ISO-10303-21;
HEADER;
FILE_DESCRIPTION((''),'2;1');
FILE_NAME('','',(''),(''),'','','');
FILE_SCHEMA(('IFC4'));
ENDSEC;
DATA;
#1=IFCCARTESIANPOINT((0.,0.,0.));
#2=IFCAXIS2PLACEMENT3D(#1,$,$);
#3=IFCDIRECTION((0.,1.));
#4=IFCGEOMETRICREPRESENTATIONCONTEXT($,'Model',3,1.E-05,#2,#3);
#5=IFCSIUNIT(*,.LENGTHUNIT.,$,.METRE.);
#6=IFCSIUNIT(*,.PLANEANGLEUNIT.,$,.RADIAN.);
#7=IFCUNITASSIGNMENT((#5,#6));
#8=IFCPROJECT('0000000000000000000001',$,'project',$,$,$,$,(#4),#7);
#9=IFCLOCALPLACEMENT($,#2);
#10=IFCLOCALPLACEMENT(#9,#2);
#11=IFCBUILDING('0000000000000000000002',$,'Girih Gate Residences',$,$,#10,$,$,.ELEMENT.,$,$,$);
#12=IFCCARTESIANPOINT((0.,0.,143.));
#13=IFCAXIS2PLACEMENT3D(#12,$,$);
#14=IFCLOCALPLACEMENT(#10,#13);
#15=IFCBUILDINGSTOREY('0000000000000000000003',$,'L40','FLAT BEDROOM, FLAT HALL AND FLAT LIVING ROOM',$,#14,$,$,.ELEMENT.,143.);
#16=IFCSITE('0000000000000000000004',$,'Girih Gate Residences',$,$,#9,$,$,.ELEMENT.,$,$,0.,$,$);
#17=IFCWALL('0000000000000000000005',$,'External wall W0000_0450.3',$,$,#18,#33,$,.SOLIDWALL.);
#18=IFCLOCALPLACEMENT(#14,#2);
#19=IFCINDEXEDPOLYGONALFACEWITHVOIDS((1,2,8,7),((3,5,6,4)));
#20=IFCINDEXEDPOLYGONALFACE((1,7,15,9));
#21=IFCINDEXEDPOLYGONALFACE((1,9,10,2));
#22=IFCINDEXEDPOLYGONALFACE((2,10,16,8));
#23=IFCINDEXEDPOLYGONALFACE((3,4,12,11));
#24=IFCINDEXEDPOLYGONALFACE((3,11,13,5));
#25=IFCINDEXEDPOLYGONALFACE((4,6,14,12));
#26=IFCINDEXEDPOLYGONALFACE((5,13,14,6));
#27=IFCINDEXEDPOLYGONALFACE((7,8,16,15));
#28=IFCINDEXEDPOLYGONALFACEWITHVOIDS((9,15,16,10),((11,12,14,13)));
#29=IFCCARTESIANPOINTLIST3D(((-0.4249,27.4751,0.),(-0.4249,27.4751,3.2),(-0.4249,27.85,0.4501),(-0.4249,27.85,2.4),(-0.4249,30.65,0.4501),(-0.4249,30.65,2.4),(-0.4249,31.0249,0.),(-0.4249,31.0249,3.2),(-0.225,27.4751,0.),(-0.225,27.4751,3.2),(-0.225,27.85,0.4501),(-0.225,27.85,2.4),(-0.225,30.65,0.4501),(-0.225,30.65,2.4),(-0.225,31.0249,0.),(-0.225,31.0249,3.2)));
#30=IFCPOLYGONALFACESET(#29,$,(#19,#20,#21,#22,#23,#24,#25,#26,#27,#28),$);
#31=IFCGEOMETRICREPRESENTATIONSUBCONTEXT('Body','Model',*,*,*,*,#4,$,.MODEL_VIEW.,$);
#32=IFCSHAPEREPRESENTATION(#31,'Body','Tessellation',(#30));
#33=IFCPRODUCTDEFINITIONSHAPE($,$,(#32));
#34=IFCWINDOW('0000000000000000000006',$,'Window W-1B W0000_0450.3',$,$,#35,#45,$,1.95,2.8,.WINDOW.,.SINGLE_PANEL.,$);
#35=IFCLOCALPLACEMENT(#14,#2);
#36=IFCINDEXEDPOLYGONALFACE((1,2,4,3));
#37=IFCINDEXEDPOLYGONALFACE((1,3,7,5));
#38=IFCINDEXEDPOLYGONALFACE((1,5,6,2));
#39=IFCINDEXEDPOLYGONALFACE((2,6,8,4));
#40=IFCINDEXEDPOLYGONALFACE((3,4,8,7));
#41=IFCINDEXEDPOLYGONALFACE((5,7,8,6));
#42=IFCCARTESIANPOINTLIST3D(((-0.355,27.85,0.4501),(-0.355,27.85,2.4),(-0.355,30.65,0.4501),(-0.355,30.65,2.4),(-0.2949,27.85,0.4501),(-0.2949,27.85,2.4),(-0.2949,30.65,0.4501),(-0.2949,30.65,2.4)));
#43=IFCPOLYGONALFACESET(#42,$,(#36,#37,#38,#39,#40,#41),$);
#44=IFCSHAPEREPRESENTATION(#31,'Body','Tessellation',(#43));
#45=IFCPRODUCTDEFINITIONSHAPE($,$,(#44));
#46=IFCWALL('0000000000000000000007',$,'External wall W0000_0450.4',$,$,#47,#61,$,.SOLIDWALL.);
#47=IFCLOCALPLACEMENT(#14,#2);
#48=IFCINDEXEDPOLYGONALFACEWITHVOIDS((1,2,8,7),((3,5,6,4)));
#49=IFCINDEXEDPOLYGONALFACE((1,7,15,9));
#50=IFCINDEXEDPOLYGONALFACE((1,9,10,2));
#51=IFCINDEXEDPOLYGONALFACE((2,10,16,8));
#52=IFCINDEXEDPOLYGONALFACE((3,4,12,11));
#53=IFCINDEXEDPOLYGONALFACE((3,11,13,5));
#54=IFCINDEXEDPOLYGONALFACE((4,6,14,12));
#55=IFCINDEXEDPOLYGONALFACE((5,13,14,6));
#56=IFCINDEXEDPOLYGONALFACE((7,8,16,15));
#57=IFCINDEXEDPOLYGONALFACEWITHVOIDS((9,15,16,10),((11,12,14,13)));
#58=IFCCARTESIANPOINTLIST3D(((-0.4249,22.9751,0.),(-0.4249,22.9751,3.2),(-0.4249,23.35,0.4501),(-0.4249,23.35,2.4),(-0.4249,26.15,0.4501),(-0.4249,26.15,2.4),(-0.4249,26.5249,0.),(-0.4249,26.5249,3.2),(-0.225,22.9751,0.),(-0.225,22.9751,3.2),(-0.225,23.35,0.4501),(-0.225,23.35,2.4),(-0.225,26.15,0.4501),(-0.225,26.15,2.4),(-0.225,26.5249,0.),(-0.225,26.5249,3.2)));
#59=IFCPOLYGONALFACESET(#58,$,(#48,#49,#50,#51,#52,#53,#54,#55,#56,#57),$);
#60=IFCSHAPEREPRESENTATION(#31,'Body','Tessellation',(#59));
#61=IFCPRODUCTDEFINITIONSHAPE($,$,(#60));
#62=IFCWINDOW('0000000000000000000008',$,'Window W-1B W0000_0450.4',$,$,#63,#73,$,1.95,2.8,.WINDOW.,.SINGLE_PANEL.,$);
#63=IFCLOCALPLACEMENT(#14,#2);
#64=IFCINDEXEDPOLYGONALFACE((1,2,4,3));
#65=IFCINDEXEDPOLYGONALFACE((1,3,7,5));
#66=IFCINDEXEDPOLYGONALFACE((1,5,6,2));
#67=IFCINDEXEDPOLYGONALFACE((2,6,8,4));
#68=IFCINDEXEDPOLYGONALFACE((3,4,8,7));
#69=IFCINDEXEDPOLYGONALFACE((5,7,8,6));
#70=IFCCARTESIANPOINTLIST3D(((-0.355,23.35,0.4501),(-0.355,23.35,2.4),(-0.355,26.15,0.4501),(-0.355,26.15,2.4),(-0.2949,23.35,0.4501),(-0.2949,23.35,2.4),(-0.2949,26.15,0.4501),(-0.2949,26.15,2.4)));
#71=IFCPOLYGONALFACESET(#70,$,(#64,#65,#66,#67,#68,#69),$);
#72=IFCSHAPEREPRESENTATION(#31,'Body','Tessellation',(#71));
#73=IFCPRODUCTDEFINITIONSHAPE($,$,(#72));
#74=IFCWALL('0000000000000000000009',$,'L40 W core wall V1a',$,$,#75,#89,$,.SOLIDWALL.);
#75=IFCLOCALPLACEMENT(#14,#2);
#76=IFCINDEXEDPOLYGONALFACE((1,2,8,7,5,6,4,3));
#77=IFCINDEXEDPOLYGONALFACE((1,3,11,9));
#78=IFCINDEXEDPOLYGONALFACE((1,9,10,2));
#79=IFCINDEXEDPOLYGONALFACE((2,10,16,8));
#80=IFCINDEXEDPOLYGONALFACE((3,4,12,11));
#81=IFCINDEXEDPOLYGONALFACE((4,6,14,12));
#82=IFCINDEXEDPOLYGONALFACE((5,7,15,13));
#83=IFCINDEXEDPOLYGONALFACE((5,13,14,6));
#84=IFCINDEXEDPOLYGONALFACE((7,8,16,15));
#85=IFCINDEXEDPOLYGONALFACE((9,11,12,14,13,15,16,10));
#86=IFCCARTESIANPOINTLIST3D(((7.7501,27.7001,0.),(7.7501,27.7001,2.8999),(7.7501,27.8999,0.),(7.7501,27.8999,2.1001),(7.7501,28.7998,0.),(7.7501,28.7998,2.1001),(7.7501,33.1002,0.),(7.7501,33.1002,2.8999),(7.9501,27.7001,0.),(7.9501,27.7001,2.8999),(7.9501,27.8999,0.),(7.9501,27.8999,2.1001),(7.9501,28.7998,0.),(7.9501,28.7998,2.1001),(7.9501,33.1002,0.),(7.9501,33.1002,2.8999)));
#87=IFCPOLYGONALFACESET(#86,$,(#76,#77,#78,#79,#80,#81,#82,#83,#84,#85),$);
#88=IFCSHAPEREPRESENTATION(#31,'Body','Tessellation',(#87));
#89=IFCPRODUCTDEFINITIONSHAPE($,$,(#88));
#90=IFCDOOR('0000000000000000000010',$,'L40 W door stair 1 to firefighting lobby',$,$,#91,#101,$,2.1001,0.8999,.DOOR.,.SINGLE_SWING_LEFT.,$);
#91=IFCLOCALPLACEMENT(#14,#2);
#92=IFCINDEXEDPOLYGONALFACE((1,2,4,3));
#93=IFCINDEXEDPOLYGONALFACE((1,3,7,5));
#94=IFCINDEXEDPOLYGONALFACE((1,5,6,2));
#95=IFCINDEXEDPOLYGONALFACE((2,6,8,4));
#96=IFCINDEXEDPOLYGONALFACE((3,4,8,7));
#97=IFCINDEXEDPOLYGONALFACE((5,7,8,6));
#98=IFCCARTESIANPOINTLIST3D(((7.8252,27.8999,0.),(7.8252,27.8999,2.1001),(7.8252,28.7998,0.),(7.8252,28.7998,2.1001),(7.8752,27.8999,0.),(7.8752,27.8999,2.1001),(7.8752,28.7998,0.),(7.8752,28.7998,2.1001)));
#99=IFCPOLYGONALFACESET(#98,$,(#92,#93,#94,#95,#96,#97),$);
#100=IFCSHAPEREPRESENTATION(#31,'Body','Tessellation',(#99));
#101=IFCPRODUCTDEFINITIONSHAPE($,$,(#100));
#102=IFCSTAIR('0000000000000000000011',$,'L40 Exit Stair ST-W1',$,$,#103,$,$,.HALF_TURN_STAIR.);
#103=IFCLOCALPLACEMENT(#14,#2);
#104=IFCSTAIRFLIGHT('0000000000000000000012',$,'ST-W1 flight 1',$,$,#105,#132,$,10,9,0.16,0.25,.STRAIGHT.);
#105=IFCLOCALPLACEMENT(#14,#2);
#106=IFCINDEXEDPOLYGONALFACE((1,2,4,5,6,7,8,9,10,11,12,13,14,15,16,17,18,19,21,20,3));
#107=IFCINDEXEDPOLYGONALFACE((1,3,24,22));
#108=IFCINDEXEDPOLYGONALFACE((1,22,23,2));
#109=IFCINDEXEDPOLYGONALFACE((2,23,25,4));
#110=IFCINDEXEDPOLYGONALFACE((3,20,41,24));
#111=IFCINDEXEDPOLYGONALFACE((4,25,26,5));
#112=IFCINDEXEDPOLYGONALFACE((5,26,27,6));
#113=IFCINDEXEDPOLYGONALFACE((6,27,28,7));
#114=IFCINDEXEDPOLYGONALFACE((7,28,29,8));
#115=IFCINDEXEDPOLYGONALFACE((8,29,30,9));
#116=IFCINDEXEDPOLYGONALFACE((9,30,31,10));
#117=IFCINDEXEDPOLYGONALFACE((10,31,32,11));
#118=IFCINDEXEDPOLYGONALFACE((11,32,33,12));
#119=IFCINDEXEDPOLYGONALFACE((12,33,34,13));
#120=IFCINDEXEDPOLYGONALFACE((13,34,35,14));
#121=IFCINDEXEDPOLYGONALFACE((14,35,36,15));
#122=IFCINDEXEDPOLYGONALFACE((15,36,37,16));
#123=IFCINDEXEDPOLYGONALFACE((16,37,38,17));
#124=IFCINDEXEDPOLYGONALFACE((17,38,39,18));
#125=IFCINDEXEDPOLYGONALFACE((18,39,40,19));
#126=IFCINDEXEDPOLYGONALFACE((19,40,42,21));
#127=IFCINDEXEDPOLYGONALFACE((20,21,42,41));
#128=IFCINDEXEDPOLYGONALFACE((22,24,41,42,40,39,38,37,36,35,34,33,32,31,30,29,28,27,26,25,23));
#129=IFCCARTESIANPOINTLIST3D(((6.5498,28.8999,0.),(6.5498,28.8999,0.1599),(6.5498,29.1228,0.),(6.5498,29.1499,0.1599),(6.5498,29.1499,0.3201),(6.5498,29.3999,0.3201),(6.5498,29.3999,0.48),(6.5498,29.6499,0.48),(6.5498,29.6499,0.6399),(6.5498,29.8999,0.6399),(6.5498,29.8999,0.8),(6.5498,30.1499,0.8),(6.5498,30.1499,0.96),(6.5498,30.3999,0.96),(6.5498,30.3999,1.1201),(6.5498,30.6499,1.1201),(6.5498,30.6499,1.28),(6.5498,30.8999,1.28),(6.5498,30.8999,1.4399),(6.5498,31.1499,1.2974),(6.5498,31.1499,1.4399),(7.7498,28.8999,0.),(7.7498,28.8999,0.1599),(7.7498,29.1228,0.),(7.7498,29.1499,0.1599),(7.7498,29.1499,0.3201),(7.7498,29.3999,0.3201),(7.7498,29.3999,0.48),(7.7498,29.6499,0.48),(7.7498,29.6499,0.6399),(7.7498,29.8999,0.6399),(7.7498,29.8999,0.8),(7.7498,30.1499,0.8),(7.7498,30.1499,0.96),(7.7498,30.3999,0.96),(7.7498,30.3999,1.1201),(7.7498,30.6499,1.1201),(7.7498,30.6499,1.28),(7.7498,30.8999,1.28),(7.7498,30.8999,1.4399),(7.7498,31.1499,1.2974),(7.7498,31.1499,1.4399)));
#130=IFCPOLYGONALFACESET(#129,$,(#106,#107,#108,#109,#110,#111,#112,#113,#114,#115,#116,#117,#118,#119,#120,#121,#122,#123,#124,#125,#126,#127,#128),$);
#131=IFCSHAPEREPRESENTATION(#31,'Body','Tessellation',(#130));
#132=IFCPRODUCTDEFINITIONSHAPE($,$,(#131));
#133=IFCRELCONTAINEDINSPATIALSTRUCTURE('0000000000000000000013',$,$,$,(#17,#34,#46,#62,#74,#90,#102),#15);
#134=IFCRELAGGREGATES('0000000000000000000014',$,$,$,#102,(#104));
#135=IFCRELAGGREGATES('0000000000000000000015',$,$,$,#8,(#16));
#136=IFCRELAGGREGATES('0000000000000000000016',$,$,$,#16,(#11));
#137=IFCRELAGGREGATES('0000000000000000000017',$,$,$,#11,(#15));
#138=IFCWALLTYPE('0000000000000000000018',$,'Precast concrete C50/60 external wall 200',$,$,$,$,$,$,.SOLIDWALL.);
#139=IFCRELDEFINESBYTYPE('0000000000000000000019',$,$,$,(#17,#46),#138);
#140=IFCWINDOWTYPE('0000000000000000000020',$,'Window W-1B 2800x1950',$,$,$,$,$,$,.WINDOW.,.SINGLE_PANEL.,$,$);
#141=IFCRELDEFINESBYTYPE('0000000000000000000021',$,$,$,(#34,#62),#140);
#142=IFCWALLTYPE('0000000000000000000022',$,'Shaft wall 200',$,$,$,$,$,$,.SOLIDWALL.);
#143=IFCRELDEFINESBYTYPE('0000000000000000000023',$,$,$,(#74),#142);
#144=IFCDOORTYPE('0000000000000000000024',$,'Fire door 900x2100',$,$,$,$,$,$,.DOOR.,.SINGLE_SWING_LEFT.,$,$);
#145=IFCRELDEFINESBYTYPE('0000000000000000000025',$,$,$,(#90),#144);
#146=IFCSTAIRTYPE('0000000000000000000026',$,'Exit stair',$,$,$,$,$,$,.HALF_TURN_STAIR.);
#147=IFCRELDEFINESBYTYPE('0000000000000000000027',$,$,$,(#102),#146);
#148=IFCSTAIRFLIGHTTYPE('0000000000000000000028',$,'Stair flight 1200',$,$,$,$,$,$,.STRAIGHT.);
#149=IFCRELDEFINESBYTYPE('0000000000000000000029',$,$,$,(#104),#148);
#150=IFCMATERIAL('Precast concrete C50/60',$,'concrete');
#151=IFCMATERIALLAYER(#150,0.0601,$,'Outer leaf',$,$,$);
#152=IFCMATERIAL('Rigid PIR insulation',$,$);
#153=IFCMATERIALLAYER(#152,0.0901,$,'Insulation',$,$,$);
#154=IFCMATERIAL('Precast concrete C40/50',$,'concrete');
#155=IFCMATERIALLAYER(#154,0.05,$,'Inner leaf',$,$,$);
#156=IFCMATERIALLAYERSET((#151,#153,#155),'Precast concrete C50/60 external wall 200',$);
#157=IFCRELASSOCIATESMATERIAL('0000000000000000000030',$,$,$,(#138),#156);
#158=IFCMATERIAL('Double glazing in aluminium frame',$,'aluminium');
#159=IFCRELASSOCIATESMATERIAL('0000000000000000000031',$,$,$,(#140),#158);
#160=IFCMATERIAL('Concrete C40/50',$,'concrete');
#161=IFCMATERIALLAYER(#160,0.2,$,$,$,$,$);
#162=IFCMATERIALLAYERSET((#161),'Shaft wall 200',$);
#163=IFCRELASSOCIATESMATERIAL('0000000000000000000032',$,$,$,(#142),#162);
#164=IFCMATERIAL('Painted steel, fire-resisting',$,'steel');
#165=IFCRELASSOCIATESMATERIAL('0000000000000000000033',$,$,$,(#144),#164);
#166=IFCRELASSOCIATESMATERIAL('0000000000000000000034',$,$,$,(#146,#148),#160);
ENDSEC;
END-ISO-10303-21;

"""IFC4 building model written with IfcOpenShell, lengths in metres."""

from ifc_helpers import new_model, si_unit, direction, frame, frame_2d, origin, place, context, subcontext, project, spatial, polyline, rectangle, outline, extrude, material, layer, layer_set, type_object, element, fill, aggregate, save


model = new_model("IFC4")

# Units and contexts
model_context = context("Model", 3, precision=1e-05, world=origin(), true_north=direction((0.0, 1.0)))
body_context = subcontext(model_context, "Body", "Model", "MODEL_VIEW")
ifc_project = project(units=[si_unit("LENGTHUNIT", "METRE"), si_unit("PLANEANGLEUNIT", "RADIAN")], contexts=[model_context])

# Site, building, storey
site_placement = place(None, origin())
site = spatial("IfcSite", under=ifc_project, at=site_placement, Name="Girih Gate Residences", CompositionType="ELEMENT", RefElevation=0.0)
building_placement = place(site_placement, origin())
building = spatial("IfcBuilding", under=site, at=building_placement, Name="Girih Gate Residences", CompositionType="ELEMENT")
storey_placement = place(building_placement, frame((0.0, 0.0, 143.0)))
storey = spatial("IfcBuildingStorey", under=building, at=storey_placement, Name="L40", Description="FLAT BEDROOM, FLAT HALL AND FLAT LIVING ROOM", CompositionType="ELEMENT", Elevation=143.0)

# Shared definitions
ifc_material_1 = material(Name="Painted steel, fire-resisting", Category="steel")

# Walls, openings, windows
ifc_material_2 = material(Name="Precast concrete C50/60", Category="concrete")
ifc_layer_1 = layer(ifc_material_2, 0.0601, Name="Outer leaf")
ifc_material_3 = material(Name="Rigid PIR insulation")
ifc_layer_2 = layer(ifc_material_3, 0.0901, Name="Insulation")
ifc_material_4 = material(Name="Precast concrete C40/50", Category="concrete")
ifc_layer_3 = layer(ifc_material_4, 0.05, Name="Inner leaf")
ifc_layer_set_1 = layer_set([ifc_layer_1, ifc_layer_2, ifc_layer_3], Name="Precast concrete C50/60 external wall 200")
wall_type_1 = type_object("IfcWallType", Name="Precast concrete C50/60 external wall 200", PredefinedType="SOLIDWALL", material=ifc_layer_set_1)
wall_1_placement = place(storey_placement, frame((-0.325, 27.4751, 0.0), z_axis=(0.0, 0.0, 1.0), x_axis=(0.0, 1.0, 0.0)))
wall_1 = element("IfcWall", 1, at=wall_1_placement, inside=storey, type_object=wall_type_1, Name="External wall W0000_0450.3", PredefinedType="SOLIDWALL", context=body_context, shape_type="SweptSolid", body=[
    extrude(rectangle(XDim=3.5498, YDim=0.2, at=frame_2d((1.7749, 0.0))), origin(), (0.0, 0.0, 1.0), 3.2),
])
opening_1_placement = place(wall_1_placement, frame((0.375, 0.0, 0.45)))
opening_1 = element("IfcOpeningElement", 2, at=opening_1_placement, cuts=wall_1, PredefinedType="OPENING", context=body_context, shape_type="SweptSolid", body=[
    extrude(rectangle(XDim=2.8, YDim=1.95, at=frame_2d((1.3999, 0.9751))), frame((0.0, 0.1099, 0.0), z_axis=(0.0, -1.0, 0.0), x_axis=(1.0, 0.0, 0.0)), (0.0, 0.0, 1.0), 0.22),
])
ifc_material_5 = material(Name="Double glazing in aluminium frame", Category="aluminium")
window_type = type_object("IfcWindowType", Name="Window W-1B 2800x1950", PartitioningType="SINGLE_PANEL", PredefinedType="WINDOW", material=ifc_material_5)
window_1_placement = place(opening_1_placement, origin())
window_1 = element("IfcWindow", 3, at=window_1_placement, inside=storey, type_object=window_type, Name="Window W-1B W0000_0450.3", OverallHeight=1.95, OverallWidth=2.8, PartitioningType="SINGLE_PANEL", PredefinedType="WINDOW", context=body_context, shape_type="SweptSolid", body=[
    extrude(rectangle(XDim=2.8, YDim=1.95, at=frame_2d((1.3999, 0.9751))), frame((0.0, 0.03, 0.0), z_axis=(0.0, -1.0, 0.0), x_axis=(1.0, 0.0, 0.0)), (0.0, 0.0, 1.0), 0.0601),
])
fill(opening_1, window_1)
wall_2_placement = place(storey_placement, frame((-0.325, 22.9751, 0.0), z_axis=(0.0, 0.0, 1.0), x_axis=(0.0, 1.0, 0.0)))
wall_2 = element("IfcWall", 4, at=wall_2_placement, inside=storey, type_object=wall_type_1, Name="External wall W0000_0450.4", PredefinedType="SOLIDWALL", context=body_context, shape_type="SweptSolid", body=[
    extrude(rectangle(XDim=3.5498, YDim=0.2, at=frame_2d((1.7749, 0.0))), origin(), (0.0, 0.0, 1.0), 3.2),
])
opening_2_placement = place(wall_2_placement, frame((0.375, 0.0, 0.45)))
opening_2 = element("IfcOpeningElement", 5, at=opening_2_placement, cuts=wall_2, PredefinedType="OPENING", context=body_context, shape_type="SweptSolid", body=[
    extrude(rectangle(XDim=2.8, YDim=1.95, at=frame_2d((1.3999, 0.9751))), frame((0.0, 0.1099, 0.0), z_axis=(0.0, -1.0, 0.0), x_axis=(1.0, 0.0, 0.0)), (0.0, 0.0, 1.0), 0.22),
])
window_2_placement = place(opening_2_placement, origin())
window_2 = element("IfcWindow", 6, at=window_2_placement, inside=storey, type_object=window_type, Name="Window W-1B W0000_0450.4", OverallHeight=1.95, OverallWidth=2.8, PartitioningType="SINGLE_PANEL", PredefinedType="WINDOW", context=body_context, shape_type="SweptSolid", body=[
    extrude(rectangle(XDim=2.8, YDim=1.95, at=frame_2d((1.3999, 0.9751))), frame((0.0, 0.03, 0.0), z_axis=(0.0, -1.0, 0.0), x_axis=(1.0, 0.0, 0.0)), (0.0, 0.0, 1.0), 0.0601),
])
fill(opening_2, window_2)

# Wall, opening, door
ifc_material_6 = material(Name="Concrete C40/50", Category="concrete")
ifc_layer_4 = layer(ifc_material_6, 0.2)
ifc_layer_set_2 = layer_set([ifc_layer_4], Name="Shaft wall 200")
wall_type_2 = type_object("IfcWallType", Name="Shaft wall 200", PredefinedType="SOLIDWALL", material=ifc_layer_set_2)
wall_3_placement = place(storey_placement, frame((7.8501, 27.7, 0.0), z_axis=(0.0, 0.0, 1.0), x_axis=(0.0, 1.0, 0.0)))
wall_3 = element("IfcWall", 7, at=wall_3_placement, inside=storey, type_object=wall_type_2, Name="L40 W core wall V1a", PredefinedType="SOLIDWALL", context=body_context, shape_type="SweptSolid", body=[
    extrude(rectangle(XDim=5.4001, YDim=0.2, at=frame_2d((2.7002, 0.0))), origin(), (0.0, 0.0, 1.0), 2.8999),
])
opening_3_placement = place(wall_3_placement, frame((0.2, 0.0, 0.0)))
opening_3 = element("IfcOpeningElement", 8, at=opening_3_placement, cuts=wall_3, PredefinedType="OPENING", context=body_context, shape_type="SweptSolid", body=[
    extrude(rectangle(XDim=0.8999, YDim=2.1001, at=frame_2d((0.45, 1.05))), frame((0.0, 0.1099, 0.0), z_axis=(0.0, -1.0, 0.0), x_axis=(1.0, 0.0, 0.0)), (0.0, 0.0, 1.0), 0.22),
])
door_type_1 = type_object("IfcDoorType", Name="Fire door 900x2100", OperationType="SINGLE_SWING_LEFT", PredefinedType="DOOR", material=ifc_material_1)
door_1_placement = place(opening_3_placement, origin())
door_1 = element("IfcDoor", 9, at=door_1_placement, inside=storey, type_object=door_type_1, Name="L40 W door stair 1 to firefighting lobby", OperationType="SINGLE_SWING_LEFT", OverallHeight=2.1001, OverallWidth=0.8999, PredefinedType="DOOR", context=body_context, shape_type="SweptSolid", body=[
    extrude(rectangle(XDim=0.8999, YDim=2.1001, at=frame_2d((0.45, 1.05))), frame((0.0, 0.0249, 0.0), z_axis=(0.0, -1.0, 0.0), x_axis=(1.0, 0.0, 0.0)), (0.0, 0.0, 1.0), 0.05),
])
fill(opening_3, door_1)

# Stair, stair flight
stair_type = type_object("IfcStairType", Name="Exit stair", PredefinedType="HALF_TURN_STAIR", material=ifc_material_6)
stair_placement = place(storey_placement, origin())
stair = element("IfcStair", 10, at=stair_placement, inside=storey, type_object=stair_type, Name="L40 Exit Stair ST-W1", PredefinedType="HALF_TURN_STAIR")
stair_flight_type = type_object("IfcStairFlightType", Name="Stair flight 1200", PredefinedType="STRAIGHT", material=ifc_material_6)
stair_flight_placement = place(storey_placement, frame((7.1499, 28.8999, 0.0), z_axis=(0.0, 0.0, 1.0), x_axis=(0.0, 1.0, 0.0)))
stair_flight = element("IfcStairFlight", 11, at=stair_flight_placement, type_object=stair_flight_type, Name="ST-W1 flight 1", NumberOfRisers=10, NumberOfTreads=9, PredefinedType="STRAIGHT", RiserHeight=0.16, TreadLength=0.25, context=body_context, shape_type="SweptSolid", body=[
    extrude(outline(polyline([(0.0, 0.0), (0.0, 0.1599), (0.25, 0.1599), (0.25, 0.3201), (0.5, 0.3201), (0.5, 0.48), (0.75, 0.48), (0.75, 0.6399), (1.0, 0.6399), (1.0, 0.8), (1.25, 0.8), (1.25, 0.96), (1.5, 0.96), (1.5, 1.1201), (1.75, 1.1201), (1.75, 1.28), (2.0, 1.28), (2.0, 1.4399), (2.25, 1.4399), (2.25, 1.6001), (2.25, 1.2974), (0.2229, 0.0), (0.0, 0.0)])), frame((0.0, 0.6001, 0.0), z_axis=(0.0, -1.0, 0.0), x_axis=(1.0, 0.0, 0.0)), (0.0, 0.0, 1.0), 1.2),
])
aggregate(stair, [stair_flight])

save(model, "model.ifc")
